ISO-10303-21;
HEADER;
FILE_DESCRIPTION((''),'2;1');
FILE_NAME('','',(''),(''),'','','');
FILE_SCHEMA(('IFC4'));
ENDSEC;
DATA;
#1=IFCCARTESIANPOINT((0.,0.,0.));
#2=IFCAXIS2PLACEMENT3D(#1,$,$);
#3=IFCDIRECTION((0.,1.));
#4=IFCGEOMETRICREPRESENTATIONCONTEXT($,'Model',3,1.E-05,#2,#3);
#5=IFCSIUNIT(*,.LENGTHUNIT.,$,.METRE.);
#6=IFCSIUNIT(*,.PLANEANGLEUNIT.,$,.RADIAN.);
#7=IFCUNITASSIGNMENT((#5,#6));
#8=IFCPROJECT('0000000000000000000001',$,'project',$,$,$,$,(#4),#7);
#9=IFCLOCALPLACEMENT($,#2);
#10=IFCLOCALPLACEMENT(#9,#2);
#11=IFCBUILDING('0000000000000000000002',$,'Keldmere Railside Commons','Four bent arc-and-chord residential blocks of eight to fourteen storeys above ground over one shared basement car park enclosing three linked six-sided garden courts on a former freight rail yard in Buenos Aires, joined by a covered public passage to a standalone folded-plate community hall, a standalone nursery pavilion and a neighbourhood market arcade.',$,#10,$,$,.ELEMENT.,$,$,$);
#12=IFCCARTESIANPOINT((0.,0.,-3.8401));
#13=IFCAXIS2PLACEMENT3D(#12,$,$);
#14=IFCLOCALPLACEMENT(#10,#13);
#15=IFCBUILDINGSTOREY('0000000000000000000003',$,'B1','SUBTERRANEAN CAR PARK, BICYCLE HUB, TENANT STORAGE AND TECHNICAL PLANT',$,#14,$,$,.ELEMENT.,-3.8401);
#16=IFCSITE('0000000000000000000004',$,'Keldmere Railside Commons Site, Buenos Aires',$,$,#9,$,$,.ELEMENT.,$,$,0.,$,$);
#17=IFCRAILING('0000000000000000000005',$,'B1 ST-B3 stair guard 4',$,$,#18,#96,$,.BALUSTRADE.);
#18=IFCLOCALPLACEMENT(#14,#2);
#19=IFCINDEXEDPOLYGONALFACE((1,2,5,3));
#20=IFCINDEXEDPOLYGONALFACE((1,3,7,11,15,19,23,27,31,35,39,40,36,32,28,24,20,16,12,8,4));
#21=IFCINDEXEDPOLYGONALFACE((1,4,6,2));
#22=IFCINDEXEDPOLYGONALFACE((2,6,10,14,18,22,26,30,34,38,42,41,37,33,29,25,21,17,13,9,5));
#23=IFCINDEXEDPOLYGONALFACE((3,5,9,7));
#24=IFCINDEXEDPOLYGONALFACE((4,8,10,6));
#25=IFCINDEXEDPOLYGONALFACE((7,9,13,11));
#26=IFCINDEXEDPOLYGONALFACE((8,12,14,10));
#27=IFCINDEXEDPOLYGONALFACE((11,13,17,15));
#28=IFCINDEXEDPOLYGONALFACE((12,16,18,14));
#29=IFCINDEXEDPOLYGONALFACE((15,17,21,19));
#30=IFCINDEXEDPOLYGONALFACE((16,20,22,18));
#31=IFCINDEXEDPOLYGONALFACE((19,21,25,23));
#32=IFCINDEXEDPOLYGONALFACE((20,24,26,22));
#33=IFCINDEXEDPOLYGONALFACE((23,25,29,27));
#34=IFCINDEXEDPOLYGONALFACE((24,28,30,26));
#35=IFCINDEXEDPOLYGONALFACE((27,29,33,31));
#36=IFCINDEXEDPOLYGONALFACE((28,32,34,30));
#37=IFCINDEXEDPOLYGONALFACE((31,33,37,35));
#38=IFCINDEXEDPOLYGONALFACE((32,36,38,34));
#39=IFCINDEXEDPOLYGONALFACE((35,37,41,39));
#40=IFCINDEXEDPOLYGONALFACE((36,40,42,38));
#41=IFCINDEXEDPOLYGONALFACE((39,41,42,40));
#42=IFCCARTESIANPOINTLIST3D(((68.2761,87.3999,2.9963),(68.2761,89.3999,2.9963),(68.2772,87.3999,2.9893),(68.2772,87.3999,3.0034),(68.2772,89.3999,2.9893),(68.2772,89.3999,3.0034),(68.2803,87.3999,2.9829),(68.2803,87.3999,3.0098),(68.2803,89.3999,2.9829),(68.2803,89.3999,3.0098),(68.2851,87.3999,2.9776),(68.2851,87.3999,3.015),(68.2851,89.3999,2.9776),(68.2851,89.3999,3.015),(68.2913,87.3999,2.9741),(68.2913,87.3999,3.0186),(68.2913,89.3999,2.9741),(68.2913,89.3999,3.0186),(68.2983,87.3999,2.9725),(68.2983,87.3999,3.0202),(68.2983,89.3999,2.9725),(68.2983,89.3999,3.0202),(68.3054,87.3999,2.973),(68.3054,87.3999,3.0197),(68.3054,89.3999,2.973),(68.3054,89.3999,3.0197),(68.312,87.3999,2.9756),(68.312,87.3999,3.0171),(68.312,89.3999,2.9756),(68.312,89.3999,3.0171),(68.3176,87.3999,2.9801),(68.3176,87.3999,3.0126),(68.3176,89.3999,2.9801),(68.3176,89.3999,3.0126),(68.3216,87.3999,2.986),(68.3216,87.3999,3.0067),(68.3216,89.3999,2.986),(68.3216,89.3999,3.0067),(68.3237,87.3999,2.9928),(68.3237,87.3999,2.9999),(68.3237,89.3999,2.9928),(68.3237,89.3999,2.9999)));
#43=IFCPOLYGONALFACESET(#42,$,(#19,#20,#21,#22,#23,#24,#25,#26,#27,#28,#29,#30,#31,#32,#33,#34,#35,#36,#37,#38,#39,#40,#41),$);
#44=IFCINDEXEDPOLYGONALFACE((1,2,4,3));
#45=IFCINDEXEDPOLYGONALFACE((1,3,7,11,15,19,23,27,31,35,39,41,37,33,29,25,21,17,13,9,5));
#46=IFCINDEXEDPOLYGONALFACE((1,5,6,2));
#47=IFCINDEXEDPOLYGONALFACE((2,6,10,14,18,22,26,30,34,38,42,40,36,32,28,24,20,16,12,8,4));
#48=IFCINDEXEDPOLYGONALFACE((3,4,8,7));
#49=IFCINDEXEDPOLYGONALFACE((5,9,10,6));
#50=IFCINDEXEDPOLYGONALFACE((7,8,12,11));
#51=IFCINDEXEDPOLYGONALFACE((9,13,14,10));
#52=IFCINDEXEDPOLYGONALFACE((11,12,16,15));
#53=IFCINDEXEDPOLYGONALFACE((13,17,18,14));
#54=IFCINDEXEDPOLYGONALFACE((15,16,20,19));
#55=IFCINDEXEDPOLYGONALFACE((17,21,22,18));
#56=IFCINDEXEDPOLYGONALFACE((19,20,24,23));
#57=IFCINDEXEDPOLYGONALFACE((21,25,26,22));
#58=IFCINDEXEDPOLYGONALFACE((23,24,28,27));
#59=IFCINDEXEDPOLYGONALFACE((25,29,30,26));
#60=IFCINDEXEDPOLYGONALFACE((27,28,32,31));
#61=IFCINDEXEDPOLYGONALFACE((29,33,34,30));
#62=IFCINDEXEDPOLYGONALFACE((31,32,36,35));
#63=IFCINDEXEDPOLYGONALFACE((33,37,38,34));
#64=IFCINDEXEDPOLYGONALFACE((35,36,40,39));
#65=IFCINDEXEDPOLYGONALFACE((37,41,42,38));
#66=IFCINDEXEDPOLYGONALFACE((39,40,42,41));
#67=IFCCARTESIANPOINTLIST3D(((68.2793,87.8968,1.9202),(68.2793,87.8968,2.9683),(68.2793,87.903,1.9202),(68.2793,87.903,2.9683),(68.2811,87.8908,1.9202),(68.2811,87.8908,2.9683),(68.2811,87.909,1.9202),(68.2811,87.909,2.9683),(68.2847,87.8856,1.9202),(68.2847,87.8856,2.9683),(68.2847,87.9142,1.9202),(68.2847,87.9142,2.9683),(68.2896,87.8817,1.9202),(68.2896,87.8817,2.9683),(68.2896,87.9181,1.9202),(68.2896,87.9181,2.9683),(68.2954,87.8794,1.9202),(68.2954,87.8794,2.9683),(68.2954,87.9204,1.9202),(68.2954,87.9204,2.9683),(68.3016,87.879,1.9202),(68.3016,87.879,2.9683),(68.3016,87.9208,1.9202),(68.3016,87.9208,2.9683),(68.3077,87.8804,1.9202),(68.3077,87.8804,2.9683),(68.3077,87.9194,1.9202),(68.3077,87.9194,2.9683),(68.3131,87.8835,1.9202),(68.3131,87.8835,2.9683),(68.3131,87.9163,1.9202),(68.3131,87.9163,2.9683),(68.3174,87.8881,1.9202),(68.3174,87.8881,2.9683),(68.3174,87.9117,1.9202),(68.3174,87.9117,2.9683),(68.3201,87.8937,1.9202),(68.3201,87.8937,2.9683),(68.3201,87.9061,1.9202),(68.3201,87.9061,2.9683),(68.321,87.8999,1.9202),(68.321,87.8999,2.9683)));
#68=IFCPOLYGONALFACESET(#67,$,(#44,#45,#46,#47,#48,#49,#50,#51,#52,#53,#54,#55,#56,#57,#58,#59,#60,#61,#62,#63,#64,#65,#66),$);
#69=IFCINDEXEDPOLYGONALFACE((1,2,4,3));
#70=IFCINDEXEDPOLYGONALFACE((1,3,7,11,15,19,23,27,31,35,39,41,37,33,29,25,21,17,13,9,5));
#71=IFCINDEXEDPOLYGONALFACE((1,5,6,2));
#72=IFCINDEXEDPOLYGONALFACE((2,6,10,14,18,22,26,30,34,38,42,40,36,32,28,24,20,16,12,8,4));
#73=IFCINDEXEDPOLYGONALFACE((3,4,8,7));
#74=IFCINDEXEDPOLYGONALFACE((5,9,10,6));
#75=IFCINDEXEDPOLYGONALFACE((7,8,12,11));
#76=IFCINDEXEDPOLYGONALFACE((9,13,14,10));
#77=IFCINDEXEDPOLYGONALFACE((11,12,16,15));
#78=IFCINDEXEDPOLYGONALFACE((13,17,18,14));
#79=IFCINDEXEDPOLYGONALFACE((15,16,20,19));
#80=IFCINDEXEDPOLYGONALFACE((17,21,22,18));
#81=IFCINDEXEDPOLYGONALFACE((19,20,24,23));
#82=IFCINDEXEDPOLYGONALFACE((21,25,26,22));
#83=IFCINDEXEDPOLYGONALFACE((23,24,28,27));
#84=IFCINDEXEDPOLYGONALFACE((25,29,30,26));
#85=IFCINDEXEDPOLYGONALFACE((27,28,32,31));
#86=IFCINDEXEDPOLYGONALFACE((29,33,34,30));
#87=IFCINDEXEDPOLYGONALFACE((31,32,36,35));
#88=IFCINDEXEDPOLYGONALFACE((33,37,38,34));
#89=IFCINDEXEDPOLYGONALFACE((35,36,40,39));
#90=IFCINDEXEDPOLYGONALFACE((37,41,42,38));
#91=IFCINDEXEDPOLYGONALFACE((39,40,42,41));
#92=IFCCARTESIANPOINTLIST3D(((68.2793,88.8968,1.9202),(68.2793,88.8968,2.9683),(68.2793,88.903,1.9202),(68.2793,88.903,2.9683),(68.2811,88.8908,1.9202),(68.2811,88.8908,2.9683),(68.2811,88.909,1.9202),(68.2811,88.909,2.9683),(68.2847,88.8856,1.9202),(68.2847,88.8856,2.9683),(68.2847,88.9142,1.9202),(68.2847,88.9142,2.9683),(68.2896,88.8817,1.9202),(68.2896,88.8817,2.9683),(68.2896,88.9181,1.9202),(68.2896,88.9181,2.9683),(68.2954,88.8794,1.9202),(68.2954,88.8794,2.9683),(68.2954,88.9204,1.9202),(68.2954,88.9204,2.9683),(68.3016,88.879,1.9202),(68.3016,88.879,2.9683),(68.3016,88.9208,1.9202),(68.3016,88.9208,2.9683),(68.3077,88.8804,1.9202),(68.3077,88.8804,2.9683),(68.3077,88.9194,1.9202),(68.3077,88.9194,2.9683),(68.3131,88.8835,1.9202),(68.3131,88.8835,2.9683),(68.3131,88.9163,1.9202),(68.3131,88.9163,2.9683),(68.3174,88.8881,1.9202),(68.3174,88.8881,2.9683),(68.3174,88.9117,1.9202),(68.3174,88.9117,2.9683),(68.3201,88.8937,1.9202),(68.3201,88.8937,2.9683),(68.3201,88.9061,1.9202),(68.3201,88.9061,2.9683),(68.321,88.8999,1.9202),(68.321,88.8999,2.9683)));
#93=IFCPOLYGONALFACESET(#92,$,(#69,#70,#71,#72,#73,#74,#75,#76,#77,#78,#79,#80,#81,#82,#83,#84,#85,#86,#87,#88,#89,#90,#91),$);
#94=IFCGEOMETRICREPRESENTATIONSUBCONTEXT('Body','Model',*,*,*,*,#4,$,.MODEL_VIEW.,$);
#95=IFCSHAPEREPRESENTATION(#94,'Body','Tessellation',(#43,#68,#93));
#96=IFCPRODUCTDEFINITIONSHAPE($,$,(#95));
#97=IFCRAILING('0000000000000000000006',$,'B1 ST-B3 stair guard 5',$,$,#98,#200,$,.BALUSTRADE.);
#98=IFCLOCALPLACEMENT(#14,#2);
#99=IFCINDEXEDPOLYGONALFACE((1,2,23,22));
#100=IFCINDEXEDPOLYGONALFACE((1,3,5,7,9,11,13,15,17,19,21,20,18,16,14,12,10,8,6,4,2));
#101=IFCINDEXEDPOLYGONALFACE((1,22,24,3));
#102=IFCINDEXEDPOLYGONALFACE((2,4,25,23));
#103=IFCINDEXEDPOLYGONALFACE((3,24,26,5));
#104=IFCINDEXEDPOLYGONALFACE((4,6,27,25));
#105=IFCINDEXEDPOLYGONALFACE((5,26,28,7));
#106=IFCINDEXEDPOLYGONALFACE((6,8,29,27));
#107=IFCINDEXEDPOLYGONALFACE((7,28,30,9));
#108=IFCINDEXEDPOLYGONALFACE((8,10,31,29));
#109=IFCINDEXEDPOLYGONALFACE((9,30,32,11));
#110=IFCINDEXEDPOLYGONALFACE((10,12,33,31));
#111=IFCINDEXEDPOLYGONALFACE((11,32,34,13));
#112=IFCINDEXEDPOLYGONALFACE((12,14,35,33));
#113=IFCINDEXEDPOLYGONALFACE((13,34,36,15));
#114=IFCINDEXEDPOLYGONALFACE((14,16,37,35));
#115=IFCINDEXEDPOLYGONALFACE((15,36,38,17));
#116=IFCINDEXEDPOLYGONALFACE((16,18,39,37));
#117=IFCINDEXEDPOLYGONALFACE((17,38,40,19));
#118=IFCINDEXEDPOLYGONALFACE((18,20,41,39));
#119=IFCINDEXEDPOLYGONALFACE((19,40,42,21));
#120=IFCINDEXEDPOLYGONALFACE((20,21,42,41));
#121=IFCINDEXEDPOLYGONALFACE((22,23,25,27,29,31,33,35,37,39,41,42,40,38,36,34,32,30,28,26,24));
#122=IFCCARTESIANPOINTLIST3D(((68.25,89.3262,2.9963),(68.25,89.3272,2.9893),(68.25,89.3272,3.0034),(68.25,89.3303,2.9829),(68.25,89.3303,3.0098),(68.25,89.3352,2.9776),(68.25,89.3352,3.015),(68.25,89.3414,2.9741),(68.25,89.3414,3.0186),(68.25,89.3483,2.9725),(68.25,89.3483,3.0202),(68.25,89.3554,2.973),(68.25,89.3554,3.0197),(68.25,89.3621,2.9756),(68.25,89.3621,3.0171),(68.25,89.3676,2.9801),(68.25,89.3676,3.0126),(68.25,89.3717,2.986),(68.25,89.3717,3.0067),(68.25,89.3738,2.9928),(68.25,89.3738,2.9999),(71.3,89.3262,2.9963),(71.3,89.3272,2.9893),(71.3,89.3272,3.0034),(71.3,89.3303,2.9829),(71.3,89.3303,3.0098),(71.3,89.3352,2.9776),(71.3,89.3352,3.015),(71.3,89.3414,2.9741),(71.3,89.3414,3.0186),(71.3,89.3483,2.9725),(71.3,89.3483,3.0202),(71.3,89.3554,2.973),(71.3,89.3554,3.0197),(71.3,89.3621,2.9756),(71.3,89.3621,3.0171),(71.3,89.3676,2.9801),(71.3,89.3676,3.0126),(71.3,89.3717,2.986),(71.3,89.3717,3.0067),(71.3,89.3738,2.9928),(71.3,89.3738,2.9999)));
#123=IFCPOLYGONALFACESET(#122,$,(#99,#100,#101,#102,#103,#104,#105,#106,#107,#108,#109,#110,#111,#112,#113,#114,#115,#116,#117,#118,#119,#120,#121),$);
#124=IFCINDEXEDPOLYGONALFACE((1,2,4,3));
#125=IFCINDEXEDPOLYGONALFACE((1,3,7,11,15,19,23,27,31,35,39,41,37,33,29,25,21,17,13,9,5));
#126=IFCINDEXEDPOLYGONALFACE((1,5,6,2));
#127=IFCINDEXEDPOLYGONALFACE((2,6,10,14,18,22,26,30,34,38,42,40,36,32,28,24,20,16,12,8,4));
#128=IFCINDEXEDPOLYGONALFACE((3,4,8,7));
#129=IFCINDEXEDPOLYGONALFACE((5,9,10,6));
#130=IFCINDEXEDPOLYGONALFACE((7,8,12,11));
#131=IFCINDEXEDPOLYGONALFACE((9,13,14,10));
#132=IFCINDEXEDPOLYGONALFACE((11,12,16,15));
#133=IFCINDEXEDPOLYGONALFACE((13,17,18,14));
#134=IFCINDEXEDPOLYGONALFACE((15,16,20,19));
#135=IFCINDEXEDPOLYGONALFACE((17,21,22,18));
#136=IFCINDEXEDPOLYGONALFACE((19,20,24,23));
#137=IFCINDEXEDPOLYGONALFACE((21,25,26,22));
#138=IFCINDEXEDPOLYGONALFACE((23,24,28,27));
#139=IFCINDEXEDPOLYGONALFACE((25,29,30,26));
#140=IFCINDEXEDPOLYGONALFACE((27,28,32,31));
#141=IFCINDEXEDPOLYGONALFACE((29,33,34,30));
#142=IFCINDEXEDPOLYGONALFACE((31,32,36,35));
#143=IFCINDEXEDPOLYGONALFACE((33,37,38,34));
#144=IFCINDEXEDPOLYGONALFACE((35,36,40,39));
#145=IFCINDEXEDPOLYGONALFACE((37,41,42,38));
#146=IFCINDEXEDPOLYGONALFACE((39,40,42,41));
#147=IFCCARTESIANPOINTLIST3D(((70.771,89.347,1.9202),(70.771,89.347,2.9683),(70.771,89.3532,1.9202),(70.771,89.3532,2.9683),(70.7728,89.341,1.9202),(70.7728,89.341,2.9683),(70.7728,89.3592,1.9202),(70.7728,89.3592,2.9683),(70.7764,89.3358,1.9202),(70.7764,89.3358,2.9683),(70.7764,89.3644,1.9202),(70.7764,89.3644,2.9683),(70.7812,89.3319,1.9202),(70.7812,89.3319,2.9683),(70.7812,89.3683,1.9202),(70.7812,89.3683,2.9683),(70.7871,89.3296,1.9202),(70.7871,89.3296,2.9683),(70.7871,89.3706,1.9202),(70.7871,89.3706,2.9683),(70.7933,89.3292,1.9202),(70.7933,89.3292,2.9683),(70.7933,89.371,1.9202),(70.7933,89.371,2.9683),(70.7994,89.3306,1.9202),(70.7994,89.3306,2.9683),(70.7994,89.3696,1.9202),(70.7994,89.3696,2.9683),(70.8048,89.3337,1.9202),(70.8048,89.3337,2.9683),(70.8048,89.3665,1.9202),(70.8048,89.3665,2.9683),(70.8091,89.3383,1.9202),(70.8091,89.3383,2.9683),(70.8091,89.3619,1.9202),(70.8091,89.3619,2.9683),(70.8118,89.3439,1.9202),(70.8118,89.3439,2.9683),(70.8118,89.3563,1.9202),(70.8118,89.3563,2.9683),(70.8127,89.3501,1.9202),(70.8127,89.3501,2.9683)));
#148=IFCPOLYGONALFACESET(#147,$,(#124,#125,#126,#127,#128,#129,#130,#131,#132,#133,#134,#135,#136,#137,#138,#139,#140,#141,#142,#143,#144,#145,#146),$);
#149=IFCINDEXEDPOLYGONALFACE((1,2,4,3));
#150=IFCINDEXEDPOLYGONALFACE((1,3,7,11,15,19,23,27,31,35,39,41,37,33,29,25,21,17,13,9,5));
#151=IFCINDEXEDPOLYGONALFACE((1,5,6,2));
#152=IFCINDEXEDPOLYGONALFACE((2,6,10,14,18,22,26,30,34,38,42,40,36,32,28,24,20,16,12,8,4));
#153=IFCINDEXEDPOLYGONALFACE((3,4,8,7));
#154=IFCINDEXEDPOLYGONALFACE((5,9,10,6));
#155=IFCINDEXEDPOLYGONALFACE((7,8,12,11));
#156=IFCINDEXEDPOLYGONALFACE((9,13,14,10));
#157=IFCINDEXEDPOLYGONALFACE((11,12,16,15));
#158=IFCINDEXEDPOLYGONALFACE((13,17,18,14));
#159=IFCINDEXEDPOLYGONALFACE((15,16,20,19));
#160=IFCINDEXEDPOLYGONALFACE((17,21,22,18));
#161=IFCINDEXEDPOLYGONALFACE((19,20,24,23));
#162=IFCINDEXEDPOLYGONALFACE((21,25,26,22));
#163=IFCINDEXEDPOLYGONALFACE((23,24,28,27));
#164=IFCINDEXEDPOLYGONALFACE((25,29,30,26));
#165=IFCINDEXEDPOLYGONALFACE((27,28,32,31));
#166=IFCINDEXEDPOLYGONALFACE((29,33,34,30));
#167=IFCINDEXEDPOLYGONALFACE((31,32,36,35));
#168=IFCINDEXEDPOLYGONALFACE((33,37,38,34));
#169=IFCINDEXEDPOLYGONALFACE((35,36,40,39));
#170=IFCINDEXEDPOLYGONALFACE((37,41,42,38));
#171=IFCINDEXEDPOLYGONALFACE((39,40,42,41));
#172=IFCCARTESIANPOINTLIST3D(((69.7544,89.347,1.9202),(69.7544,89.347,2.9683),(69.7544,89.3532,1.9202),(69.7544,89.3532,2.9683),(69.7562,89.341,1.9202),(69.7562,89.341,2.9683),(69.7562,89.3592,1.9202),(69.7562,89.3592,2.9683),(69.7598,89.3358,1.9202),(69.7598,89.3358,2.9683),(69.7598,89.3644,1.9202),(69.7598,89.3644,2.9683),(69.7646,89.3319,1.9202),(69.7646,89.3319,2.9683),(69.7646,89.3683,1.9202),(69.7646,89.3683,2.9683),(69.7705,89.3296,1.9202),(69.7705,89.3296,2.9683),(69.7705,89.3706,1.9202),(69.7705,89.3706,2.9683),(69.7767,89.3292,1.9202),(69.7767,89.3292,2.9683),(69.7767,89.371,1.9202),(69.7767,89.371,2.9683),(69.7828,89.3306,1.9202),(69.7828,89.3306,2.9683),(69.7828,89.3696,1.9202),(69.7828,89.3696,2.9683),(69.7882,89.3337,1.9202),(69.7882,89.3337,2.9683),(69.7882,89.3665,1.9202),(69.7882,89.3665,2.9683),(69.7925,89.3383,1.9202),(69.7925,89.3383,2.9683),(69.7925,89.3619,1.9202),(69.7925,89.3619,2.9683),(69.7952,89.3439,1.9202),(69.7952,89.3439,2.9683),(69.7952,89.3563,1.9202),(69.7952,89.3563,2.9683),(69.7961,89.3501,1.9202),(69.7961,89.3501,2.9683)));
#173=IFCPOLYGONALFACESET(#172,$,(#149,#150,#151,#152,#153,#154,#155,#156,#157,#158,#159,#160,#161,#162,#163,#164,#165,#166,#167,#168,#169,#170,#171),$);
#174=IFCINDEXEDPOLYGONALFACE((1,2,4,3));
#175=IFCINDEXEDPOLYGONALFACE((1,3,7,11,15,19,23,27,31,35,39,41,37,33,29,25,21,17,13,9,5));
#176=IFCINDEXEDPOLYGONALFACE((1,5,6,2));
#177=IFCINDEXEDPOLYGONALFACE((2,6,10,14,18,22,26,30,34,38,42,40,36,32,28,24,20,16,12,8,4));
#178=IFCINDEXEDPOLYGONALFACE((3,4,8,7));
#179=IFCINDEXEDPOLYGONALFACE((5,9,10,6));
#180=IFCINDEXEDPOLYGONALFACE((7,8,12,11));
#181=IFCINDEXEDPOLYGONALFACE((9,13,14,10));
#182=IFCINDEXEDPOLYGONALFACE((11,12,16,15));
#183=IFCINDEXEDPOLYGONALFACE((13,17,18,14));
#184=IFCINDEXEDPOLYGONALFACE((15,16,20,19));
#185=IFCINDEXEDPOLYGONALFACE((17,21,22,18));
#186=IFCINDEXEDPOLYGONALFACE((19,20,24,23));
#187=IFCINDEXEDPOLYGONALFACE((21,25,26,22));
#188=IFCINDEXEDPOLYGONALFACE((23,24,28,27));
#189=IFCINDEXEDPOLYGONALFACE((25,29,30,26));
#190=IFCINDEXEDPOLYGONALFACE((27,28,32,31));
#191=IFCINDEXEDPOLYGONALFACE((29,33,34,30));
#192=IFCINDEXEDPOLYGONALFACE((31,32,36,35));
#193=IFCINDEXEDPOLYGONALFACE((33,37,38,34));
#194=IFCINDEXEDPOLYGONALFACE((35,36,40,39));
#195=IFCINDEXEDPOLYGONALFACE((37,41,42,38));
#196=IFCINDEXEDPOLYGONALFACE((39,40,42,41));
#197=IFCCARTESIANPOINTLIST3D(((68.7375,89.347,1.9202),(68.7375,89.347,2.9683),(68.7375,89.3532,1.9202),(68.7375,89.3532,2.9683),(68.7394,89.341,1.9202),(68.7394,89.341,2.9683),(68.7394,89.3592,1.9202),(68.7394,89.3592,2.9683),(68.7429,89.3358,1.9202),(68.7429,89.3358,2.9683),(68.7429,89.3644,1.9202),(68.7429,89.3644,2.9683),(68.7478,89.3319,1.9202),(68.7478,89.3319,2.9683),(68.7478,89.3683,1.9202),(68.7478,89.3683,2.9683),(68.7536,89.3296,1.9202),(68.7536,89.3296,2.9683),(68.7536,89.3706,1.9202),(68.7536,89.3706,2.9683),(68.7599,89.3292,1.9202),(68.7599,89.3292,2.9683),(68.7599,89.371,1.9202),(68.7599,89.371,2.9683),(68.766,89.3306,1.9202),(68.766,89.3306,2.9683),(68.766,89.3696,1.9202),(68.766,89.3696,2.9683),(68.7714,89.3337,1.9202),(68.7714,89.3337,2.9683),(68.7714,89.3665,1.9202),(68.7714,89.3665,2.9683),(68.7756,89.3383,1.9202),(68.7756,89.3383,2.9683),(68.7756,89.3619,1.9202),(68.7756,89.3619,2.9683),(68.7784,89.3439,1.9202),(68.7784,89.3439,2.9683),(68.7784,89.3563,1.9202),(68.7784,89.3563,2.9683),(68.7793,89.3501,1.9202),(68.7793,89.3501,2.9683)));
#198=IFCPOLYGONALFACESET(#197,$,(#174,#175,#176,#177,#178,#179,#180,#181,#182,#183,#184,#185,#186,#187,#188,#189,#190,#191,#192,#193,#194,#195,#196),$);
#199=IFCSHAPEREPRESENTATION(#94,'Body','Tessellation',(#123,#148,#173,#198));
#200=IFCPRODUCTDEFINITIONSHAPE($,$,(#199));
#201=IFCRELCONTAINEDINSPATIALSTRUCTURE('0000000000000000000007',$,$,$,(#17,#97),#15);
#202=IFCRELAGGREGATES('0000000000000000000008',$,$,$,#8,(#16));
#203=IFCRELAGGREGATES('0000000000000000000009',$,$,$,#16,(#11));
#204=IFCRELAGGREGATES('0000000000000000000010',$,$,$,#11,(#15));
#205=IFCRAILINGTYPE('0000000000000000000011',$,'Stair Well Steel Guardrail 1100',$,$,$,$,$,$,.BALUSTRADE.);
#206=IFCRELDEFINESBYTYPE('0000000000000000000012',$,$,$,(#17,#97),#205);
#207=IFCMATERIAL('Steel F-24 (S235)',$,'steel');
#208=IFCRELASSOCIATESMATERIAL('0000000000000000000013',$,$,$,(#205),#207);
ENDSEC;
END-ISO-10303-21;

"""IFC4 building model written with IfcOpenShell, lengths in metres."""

from ifc_helpers import new_model, si_unit, direction, frame, origin, origin_2d, place, context, subcontext, project, spatial, circle, extrude, material, type_object, element, save


model = new_model("IFC4")

# Units and contexts
model_context = context("Model", 3, precision=1e-05, world=origin(), true_north=direction((0.0, 1.0)))
body_context = subcontext(model_context, "Body", "Model", "MODEL_VIEW")
ifc_project = project(units=[si_unit("LENGTHUNIT", "METRE"), si_unit("PLANEANGLEUNIT", "RADIAN")], contexts=[model_context])

# Site, building, storey
site_placement = place(None, origin())
site = spatial("IfcSite", under=ifc_project, at=site_placement, Name="Keldmere Railside Commons Site, Buenos Aires", CompositionType="ELEMENT", RefElevation=0.0)
building_placement = place(site_placement, origin())
building = spatial("IfcBuilding", under=site, at=building_placement, Name="Keldmere Railside Commons", Description="Four bent arc-and-chord residential blocks of eight to fourteen storeys above ground over one shared basement car park enclosing three linked six-sided garden courts on a former freight rail yard in Buenos Aires, joined by a covered public passage to a standalone folded-plate community hall, a standalone nursery pavilion and a neighbourhood market arcade.", CompositionType="ELEMENT")
storey_placement = place(building_placement, frame((0.0, 0.0, -3.8401)))
storey = spatial("IfcBuildingStorey", under=building, at=storey_placement, Name="B1", Description="SUBTERRANEAN CAR PARK, BICYCLE HUB, TENANT STORAGE AND TECHNICAL PLANT", CompositionType="ELEMENT", Elevation=-3.8401)

# Shared definitions
ifc_material_1 = material(Name="Steel F-24 (S235)", Category="steel")

# Railings
railing_type_1 = type_object("IfcRailingType", Name="Stair Well Steel Guardrail 1100", PredefinedType="BALUSTRADE", material=ifc_material_1)
for number, where, name in (
    (1, (68.3, 87.3999, 1.9202), "B1 ST-B3 stair guard 4"),
):
    element("IfcRailing", number, at=place(storey_placement, frame(where)), inside=storey, type_object=railing_type_1, Name=name, PredefinedType="BALUSTRADE", context=body_context, shape_type="SweptSolid", body=[
        extrude(circle(Radius=0.0239, at=origin_2d()), frame((0.0, 0.0, 1.0762), z_axis=(0.0, 1.0, 0.0), x_axis=(-1.0, 0.0, 0.0)), (0.0, 0.0, 1.0), 2.0),
        extrude(circle(Radius=0.021, at=origin_2d()), frame((0.0, 0.5, 0.0)), (0.0, 0.0, 1.0), 1.0481),
        extrude(circle(Radius=0.021, at=origin_2d()), frame((0.0, 1.5, 0.0)), (0.0, 0.0, 1.0), 1.0481),
    ])
railing_1_placement = place(storey_placement, frame((71.3, 89.3501, 1.9202)))
element("IfcRailing", 2, at=railing_1_placement, inside=storey, type_object=railing_type_1, Name="B1 ST-B3 stair guard 5", PredefinedType="BALUSTRADE", context=body_context, shape_type="SweptSolid", body=[
    extrude(circle(Radius=0.0239, at=origin_2d()), frame((0.0, 0.0, 1.0762), z_axis=(-1.0, 0.0, 0.0), x_axis=(0.0, -1.0, 0.0)), (0.0, 0.0, 1.0), 3.05),
    extrude(circle(Radius=0.021, at=origin_2d()), frame((-0.5083, 0.0, 0.0)), (0.0, 0.0, 1.0), 1.0481),
    extrude(circle(Radius=0.021, at=origin_2d()), frame((-1.5249, 0.0, 0.0)), (0.0, 0.0, 1.0), 1.0481),
    extrude(circle(Radius=0.021, at=origin_2d()), frame((-2.5417, 0.0, 0.0)), (0.0, 0.0, 1.0), 1.0481),
])

save(model, "model.ifc")
